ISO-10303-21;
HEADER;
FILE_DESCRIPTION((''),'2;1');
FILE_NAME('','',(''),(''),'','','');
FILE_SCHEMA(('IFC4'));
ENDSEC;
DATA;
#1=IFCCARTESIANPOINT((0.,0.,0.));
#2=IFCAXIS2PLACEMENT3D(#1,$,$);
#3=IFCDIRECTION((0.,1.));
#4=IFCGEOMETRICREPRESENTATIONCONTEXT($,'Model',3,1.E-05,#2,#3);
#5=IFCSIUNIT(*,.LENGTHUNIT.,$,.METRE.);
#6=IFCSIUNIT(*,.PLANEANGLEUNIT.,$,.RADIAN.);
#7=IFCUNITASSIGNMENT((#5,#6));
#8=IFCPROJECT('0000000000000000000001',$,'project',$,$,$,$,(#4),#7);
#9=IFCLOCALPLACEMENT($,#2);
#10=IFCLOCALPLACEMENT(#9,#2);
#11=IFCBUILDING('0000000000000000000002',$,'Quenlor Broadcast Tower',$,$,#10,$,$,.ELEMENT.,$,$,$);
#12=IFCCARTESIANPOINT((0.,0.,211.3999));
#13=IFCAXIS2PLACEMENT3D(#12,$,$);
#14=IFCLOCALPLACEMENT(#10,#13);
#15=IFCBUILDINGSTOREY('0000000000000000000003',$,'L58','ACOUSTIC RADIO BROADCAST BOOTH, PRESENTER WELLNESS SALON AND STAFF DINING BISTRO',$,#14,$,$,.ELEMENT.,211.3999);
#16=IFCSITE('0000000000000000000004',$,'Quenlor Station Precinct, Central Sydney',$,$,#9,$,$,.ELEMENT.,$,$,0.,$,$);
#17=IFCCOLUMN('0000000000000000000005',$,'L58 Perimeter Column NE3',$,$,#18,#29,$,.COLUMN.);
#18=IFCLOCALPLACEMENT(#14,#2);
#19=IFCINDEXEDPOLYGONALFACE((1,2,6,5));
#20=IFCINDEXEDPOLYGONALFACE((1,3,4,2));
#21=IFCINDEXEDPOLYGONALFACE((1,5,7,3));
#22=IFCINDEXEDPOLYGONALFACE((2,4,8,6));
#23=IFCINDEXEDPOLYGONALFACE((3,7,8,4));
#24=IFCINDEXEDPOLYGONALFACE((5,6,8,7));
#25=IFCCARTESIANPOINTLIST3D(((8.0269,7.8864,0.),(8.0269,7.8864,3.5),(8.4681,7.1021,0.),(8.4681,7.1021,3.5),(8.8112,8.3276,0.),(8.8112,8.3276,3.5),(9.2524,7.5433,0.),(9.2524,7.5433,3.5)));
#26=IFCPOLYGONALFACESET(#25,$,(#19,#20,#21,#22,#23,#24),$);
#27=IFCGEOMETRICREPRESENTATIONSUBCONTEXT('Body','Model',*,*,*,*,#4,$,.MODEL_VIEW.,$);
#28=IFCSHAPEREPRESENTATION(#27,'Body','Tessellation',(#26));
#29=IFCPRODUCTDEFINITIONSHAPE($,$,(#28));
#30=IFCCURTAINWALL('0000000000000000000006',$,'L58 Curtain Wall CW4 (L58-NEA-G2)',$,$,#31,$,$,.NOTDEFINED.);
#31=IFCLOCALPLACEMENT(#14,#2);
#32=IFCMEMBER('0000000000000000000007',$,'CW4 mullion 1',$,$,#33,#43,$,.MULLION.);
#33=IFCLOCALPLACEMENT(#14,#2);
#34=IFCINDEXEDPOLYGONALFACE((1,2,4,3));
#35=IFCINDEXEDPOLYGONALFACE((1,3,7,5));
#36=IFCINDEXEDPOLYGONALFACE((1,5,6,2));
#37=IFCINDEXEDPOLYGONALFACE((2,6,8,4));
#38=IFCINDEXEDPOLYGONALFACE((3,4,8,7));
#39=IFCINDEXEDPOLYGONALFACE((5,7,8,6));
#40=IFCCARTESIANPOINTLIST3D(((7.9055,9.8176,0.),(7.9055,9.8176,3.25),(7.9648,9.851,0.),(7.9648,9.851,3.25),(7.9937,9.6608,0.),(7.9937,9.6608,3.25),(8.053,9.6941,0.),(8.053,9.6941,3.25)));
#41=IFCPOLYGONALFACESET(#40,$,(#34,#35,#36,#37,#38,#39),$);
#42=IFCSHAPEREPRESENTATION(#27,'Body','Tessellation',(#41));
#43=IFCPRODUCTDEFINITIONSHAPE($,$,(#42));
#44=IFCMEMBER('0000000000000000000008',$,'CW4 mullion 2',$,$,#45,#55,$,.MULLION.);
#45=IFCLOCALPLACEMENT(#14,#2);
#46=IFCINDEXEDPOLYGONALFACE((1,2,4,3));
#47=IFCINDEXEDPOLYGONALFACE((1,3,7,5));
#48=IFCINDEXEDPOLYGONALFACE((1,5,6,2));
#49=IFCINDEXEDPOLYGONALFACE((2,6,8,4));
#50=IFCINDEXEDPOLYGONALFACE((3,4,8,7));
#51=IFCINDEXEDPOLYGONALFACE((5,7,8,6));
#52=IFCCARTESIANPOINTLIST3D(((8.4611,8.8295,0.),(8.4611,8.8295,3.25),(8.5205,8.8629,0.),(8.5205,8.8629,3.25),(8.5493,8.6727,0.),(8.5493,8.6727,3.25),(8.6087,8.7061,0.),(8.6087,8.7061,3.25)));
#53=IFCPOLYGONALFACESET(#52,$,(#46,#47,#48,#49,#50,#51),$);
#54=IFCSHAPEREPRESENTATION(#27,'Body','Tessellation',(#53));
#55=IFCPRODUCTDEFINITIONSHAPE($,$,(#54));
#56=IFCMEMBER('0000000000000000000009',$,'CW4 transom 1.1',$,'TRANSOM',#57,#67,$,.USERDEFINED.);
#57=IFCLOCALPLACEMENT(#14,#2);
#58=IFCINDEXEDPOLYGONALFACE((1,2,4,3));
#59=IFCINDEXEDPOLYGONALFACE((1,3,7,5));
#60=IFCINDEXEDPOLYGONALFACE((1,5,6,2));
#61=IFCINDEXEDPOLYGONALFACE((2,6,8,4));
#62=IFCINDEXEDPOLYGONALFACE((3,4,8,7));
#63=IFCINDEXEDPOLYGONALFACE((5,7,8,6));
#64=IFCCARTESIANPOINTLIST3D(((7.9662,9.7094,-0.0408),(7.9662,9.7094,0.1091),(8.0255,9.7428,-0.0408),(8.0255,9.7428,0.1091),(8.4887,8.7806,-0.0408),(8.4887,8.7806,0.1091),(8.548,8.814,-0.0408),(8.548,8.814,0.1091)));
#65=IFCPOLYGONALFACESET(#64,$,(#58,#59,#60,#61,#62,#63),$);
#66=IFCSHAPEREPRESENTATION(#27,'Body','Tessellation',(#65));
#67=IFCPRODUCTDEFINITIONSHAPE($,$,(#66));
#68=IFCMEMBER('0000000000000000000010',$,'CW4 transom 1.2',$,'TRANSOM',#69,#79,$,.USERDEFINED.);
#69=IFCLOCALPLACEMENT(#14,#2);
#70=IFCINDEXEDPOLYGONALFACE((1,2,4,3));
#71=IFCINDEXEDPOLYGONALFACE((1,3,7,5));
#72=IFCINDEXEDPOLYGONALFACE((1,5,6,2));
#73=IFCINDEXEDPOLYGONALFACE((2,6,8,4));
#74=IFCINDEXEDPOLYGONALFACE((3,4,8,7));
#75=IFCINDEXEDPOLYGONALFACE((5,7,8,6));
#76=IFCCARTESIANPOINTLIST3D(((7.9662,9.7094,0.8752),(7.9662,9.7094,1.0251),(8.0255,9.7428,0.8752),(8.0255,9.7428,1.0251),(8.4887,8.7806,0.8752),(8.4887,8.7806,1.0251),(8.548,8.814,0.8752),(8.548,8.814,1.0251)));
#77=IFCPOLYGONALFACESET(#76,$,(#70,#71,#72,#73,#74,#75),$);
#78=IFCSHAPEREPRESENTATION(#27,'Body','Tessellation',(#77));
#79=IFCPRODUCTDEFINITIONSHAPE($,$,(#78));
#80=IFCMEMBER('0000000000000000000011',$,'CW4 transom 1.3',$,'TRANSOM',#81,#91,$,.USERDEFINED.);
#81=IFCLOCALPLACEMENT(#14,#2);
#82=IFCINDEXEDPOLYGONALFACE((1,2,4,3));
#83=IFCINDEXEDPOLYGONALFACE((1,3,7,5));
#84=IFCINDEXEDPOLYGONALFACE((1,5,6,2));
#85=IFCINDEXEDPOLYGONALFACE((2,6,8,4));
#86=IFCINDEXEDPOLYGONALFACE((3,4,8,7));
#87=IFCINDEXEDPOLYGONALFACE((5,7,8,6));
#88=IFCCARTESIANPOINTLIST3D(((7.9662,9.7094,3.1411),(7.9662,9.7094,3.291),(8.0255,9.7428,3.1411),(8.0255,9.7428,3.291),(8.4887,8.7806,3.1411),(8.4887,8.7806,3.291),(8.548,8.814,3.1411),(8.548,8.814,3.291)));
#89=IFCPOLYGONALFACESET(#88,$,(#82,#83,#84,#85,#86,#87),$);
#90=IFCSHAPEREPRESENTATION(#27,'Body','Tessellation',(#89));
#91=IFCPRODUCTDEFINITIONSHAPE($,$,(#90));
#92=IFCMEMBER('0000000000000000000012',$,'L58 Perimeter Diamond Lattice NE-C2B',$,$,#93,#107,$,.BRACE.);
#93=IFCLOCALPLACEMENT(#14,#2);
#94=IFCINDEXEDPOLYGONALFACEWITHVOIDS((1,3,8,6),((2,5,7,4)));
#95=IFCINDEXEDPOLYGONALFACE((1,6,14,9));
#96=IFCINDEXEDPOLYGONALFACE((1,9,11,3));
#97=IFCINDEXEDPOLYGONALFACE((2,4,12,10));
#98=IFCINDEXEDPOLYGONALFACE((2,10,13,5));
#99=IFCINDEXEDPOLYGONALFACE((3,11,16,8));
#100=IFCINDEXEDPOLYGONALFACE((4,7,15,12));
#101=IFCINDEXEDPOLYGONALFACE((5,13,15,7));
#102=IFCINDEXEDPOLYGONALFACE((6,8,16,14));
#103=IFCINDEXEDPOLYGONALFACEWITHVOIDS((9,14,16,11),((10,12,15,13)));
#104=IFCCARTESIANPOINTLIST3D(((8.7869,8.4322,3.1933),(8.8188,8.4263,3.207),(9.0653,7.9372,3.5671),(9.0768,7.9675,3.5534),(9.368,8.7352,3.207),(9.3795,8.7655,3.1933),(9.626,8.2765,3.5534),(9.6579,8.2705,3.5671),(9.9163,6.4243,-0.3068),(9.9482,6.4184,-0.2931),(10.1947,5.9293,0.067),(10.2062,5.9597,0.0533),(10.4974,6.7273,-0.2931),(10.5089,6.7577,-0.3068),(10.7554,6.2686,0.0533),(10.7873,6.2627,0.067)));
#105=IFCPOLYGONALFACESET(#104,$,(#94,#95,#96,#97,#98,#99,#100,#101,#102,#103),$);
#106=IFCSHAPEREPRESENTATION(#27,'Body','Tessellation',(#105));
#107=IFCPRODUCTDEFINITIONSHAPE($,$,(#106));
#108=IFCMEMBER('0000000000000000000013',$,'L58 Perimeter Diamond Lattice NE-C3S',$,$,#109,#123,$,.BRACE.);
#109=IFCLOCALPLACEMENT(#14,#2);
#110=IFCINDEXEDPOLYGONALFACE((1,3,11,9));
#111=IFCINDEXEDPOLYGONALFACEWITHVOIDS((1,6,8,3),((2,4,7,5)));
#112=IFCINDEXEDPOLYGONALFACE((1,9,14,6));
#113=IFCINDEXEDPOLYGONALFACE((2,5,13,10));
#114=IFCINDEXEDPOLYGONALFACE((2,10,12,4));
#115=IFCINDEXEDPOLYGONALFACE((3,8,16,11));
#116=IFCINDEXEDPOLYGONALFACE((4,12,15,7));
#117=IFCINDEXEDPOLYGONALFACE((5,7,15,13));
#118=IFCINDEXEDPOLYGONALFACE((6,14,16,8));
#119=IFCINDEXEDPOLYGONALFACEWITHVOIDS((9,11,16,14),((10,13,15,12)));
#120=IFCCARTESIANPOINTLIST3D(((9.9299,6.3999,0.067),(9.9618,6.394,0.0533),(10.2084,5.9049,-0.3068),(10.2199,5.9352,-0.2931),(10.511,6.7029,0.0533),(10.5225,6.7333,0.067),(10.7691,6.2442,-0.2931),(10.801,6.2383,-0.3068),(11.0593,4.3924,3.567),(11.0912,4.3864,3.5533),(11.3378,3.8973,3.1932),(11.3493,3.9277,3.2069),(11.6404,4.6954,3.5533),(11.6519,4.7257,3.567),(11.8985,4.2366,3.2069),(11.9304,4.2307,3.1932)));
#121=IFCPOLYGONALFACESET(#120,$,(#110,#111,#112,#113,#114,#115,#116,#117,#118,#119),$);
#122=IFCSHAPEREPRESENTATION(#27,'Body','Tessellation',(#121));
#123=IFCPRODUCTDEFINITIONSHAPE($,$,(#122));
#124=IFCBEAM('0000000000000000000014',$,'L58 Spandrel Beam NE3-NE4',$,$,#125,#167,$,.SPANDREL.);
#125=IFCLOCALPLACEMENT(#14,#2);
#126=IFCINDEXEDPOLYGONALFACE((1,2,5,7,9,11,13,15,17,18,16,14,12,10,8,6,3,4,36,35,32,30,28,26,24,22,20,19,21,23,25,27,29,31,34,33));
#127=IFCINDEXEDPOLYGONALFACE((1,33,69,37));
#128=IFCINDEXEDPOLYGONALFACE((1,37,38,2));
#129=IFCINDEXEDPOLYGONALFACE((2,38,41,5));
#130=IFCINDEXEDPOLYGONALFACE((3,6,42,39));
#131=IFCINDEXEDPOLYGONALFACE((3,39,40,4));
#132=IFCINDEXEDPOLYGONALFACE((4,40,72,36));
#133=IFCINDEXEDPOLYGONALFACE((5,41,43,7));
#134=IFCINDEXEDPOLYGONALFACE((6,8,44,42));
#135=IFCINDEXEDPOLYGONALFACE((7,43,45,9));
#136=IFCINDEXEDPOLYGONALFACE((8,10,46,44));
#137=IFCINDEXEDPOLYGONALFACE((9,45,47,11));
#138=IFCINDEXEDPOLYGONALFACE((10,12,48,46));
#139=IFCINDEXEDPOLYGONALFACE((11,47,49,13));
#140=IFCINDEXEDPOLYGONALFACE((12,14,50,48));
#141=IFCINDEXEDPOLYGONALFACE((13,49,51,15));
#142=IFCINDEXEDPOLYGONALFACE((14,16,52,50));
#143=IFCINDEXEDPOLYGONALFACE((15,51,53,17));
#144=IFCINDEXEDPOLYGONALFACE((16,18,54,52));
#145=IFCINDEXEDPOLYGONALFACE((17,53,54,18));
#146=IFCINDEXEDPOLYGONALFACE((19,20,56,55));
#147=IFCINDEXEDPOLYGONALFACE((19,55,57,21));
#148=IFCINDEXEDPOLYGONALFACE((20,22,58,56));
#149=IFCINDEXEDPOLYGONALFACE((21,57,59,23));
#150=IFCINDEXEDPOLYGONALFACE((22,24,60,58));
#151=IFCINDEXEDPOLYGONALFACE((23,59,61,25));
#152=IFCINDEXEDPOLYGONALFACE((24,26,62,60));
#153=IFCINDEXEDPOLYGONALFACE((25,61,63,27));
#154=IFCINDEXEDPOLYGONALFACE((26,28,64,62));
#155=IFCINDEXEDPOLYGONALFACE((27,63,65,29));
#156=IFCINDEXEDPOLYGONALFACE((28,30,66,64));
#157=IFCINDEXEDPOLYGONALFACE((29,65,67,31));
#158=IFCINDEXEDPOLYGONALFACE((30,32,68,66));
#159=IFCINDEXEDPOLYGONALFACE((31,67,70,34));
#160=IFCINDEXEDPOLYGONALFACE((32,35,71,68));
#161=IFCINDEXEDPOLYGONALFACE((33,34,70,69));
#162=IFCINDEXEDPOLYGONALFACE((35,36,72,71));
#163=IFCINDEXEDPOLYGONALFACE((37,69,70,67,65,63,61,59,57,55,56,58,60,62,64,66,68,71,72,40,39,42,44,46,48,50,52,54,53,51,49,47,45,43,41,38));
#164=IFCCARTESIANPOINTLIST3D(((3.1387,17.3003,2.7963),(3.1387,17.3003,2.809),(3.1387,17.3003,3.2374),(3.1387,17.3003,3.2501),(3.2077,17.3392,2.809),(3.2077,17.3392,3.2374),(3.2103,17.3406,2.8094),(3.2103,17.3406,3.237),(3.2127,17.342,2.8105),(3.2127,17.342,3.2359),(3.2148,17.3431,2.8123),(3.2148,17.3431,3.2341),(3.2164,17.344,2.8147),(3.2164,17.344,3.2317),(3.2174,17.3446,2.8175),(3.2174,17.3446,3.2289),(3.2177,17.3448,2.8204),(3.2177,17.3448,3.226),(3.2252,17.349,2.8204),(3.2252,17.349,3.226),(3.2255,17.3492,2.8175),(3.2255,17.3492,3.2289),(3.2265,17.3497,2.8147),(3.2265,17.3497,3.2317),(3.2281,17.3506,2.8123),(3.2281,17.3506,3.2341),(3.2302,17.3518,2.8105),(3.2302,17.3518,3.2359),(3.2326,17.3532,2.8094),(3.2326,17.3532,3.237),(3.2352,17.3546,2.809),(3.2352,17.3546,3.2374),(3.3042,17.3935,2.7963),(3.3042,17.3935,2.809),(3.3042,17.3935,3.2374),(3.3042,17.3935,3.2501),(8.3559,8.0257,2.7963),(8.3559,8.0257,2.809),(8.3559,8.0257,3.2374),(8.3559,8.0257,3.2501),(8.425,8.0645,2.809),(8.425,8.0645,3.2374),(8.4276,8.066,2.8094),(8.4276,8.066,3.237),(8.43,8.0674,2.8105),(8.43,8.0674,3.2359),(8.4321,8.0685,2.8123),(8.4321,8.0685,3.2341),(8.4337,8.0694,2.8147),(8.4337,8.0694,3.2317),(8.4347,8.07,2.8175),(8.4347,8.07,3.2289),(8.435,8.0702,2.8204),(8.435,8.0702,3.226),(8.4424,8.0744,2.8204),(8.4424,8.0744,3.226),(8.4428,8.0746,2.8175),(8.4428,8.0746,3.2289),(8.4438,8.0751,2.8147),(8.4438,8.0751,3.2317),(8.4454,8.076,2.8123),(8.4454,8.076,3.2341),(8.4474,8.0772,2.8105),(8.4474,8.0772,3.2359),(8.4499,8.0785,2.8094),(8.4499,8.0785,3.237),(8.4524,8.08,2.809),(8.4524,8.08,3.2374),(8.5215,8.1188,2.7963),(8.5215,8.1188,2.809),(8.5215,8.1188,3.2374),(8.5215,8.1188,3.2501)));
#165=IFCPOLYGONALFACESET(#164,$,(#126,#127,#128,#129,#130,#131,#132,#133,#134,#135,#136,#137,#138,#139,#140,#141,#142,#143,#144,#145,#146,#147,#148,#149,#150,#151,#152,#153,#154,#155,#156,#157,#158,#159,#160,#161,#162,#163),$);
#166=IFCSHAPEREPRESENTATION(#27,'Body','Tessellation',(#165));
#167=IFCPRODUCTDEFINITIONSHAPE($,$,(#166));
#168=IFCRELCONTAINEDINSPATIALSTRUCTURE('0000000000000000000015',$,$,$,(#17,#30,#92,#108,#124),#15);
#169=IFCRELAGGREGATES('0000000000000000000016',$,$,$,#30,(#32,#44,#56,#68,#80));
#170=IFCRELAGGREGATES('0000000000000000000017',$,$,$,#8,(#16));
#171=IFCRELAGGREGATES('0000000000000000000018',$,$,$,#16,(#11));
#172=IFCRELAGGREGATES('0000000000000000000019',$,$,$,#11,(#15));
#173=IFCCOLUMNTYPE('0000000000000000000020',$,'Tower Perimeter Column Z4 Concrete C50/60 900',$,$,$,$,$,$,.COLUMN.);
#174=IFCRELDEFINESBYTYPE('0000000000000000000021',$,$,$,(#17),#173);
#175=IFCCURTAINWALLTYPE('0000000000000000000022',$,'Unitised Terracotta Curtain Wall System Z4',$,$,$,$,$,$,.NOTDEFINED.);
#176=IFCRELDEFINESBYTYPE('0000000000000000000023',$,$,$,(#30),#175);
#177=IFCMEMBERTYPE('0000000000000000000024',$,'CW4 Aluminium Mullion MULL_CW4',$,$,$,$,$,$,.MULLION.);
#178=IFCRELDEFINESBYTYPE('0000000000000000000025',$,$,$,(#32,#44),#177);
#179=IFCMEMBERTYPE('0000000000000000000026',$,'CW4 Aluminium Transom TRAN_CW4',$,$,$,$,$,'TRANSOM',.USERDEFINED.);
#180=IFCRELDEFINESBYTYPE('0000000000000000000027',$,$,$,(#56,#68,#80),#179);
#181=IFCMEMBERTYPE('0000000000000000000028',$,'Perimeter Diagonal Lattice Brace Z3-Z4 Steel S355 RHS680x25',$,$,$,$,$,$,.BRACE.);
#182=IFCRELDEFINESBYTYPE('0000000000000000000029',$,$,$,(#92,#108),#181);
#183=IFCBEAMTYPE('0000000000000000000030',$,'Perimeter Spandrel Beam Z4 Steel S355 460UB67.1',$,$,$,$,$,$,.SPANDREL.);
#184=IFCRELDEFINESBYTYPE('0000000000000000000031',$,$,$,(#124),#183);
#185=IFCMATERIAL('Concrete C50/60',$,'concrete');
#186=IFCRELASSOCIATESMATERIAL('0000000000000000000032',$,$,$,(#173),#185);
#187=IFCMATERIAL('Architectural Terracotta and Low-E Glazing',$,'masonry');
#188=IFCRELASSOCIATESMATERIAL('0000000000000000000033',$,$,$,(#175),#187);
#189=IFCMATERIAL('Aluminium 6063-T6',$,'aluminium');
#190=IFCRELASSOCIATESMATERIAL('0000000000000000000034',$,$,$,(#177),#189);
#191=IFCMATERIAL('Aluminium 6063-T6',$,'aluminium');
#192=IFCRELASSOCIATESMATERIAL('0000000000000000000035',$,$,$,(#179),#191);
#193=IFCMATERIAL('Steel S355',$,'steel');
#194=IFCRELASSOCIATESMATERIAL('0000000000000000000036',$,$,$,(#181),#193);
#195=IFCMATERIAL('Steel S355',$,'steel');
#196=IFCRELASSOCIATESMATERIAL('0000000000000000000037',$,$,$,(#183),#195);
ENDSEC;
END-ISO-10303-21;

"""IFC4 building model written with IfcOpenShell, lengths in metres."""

from ifc_helpers import new_model, si_unit, direction, frame, origin, origin_2d, place, context, subcontext, project, spatial, rectangle, hollow_rectangle, i_section, extrude, material, material_profile, profile_set, type_object, element, aggregate, save


model = new_model("IFC4")

# Units and contexts
model_context = context("Model", 3, precision=1e-05, world=origin(), true_north=direction((0.0, 1.0)))
body_context = subcontext(model_context, "Body", "Model", "MODEL_VIEW")
ifc_project = project(units=[si_unit("LENGTHUNIT", "METRE"), si_unit("PLANEANGLEUNIT", "RADIAN")], contexts=[model_context])

# Site, building, storey
site_placement = place(None, origin())
site = spatial("IfcSite", under=ifc_project, at=site_placement, Name="Quenlor Station Precinct, Central Sydney", CompositionType="ELEMENT", RefElevation=0.0)
building_placement = place(site_placement, origin())
building = spatial("IfcBuilding", under=site, at=building_placement, Name="Quenlor Broadcast Tower", CompositionType="ELEMENT")
storey_placement = place(building_placement, frame((0.0, 0.0, 211.3999)))
storey = spatial("IfcBuildingStorey", under=building, at=storey_placement, Name="L58", Description="ACOUSTIC RADIO BROADCAST BOOTH, PRESENTER WELLNESS SALON AND STAFF DINING BISTRO", CompositionType="ELEMENT", Elevation=211.3999)

# Column
ifc_material_1 = material(Name="Concrete C50/60", Category="concrete")
ifc_material_profile_1 = material_profile(ifc_material_1, rectangle(XDim=0.8999, YDim=0.8999, at=origin_2d()))
ifc_profile_set_1 = profile_set([ifc_material_profile_1], Name="Concrete C50/60 RC900x900")
column_type = type_object("IfcColumnType", Name="Tower Perimeter Column Z4 Concrete C50/60 900", PredefinedType="COLUMN", material=ifc_profile_set_1)
column_placement = place(storey_placement, frame((8.6396, 7.7148, 0.0), z_axis=(0.0, 0.0, 1.0), x_axis=(0.871575, 0.490262, 0.0)))
element("IfcColumn", 1, at=column_placement, inside=storey, type_object=column_type, Name="L58 Perimeter Column NE3", PredefinedType="COLUMN", context=body_context, shape_type="SweptSolid", body=[
    extrude(rectangle(XDim=0.8999, YDim=0.8999, at=origin_2d()), origin(), (0.0, 0.0, 1.0), 3.5),
])

# Curtain wall, members
ifc_material_2 = material(Name="Architectural Terracotta and Low-E Glazing", Category="masonry")
curtain_wall_type = type_object("IfcCurtainWallType", Name="Unitised Terracotta Curtain Wall System Z4", PredefinedType="NOTDEFINED", material=ifc_material_2)
curtain_wall_placement = place(storey_placement, origin())
curtain_wall = element("IfcCurtainWall", 2, at=curtain_wall_placement, inside=storey, type_object=curtain_wall_type, Name="L58 Curtain Wall CW4 (L58-NEA-G2)", PredefinedType="NOTDEFINED")
ifc_material_3 = material(Name="Aluminium 6063-T6", Category="aluminium")
ifc_material_profile_2 = material_profile(ifc_material_3, rectangle(XDim=0.0681, YDim=0.1799, at=origin_2d()))
ifc_profile_set_2 = profile_set([ifc_material_profile_2], Name="Aluminium 6063-T6 MULL68x180")
member_type_1 = type_object("IfcMemberType", Name="CW4 Aluminium Mullion MULL_CW4", PredefinedType="MULLION", material=ifc_profile_set_2)
member_1_placement = place(storey_placement, frame((7.9792, 9.7559, 0.0), z_axis=(0.0, 0.0, 1.0), x_axis=(0.871558, 0.490293, 0.0)))
member_1 = element("IfcMember", 3, at=member_1_placement, type_object=member_type_1, Name="CW4 mullion 1", PredefinedType="MULLION", context=body_context, shape_type="SweptSolid", body=[
    extrude(rectangle(XDim=0.0681, YDim=0.1799, at=origin_2d()), origin(), (0.0, 0.0, 1.0), 3.25),
])
member_2_placement = place(storey_placement, frame((8.5349, 8.7678, 0.0), z_axis=(0.0, 0.0, 1.0), x_axis=(0.871558, 0.490293, 0.0)))
member_2 = element("IfcMember", 4, at=member_2_placement, type_object=member_type_1, Name="CW4 mullion 2", PredefinedType="MULLION", context=body_context, shape_type="SweptSolid", body=[
    extrude(rectangle(XDim=0.0681, YDim=0.1799, at=origin_2d()), origin(), (0.0, 0.0, 1.0), 3.25),
])
ifc_material_4 = material(Name="Aluminium 6063-T6", Category="aluminium")
ifc_material_profile_3 = material_profile(ifc_material_4, rectangle(XDim=0.0681, YDim=0.1499, at=origin_2d()))
ifc_profile_set_3 = profile_set([ifc_material_profile_3], Name="Aluminium 6063-T6 TRAN68x150")
member_type_2 = type_object("IfcMemberType", Name="CW4 Aluminium Transom TRAN_CW4", ElementType="TRANSOM", PredefinedType="USERDEFINED", material=ifc_profile_set_3)
member_3_placement = place(storey_placement, frame((7.9958, 9.7261, 0.0342), z_axis=(0.490305, -0.871551, 0.0), x_axis=(0.871551, 0.490305, 0.0)))
member_3 = element("IfcMember", 5, at=member_3_placement, type_object=member_type_2, Name="CW4 transom 1.1", ObjectType="TRANSOM", PredefinedType="USERDEFINED", context=body_context, shape_type="SweptSolid", body=[
    extrude(rectangle(XDim=0.0681, YDim=0.1499, at=origin_2d()), origin(), (0.0, 0.0, 1.0), 1.0657),
])
member_4_placement = place(storey_placement, frame((7.9958, 9.7261, 0.9502), z_axis=(0.490305, -0.871551, 0.0), x_axis=(0.871551, 0.490305, 0.0)))
member_4 = element("IfcMember", 6, at=member_4_placement, type_object=member_type_2, Name="CW4 transom 1.2", ObjectType="TRANSOM", PredefinedType="USERDEFINED", context=body_context, shape_type="SweptSolid", body=[
    extrude(rectangle(XDim=0.0681, YDim=0.1499, at=origin_2d()), origin(), (0.0, 0.0, 1.0), 1.0657),
])
member_5_placement = place(storey_placement, frame((7.9958, 9.7261, 3.2161), z_axis=(0.490305, -0.871551, 0.0), x_axis=(0.871551, 0.490305, 0.0)))
member_5 = element("IfcMember", 7, at=member_5_placement, type_object=member_type_2, Name="CW4 transom 1.3", ObjectType="TRANSOM", PredefinedType="USERDEFINED", context=body_context, shape_type="SweptSolid", body=[
    extrude(rectangle(XDim=0.0681, YDim=0.1499, at=origin_2d()), origin(), (0.0, 0.0, 1.0), 1.0657),
])

# Members
ifc_material_5 = material(Name="Steel S355", Category="steel")
ifc_material_profile_4 = material_profile(ifc_material_5, hollow_rectangle(XDim=0.6799, YDim=0.6799, WallThickness=0.0249, at=origin_2d()))
ifc_profile_set_4 = profile_set([ifc_material_profile_4], Name="Steel S355 RHS680x680x25")
member_type_3 = type_object("IfcMemberType", Name="Perimeter Diagonal Lattice Brace Z3-Z4 Steel S355 RHS680x25", PredefinedType="BRACE", material=ifc_profile_set_4)
member_6_placement = place(storey_placement, frame((10.3518, 6.3435, -0.1199), z_axis=(-0.26954, 0.479181, 0.835305), x_axis=(-0.871576, -0.490261, 0.0)))
element("IfcMember", 8, at=member_6_placement, inside=storey, type_object=member_type_3, Name="L58 Perimeter Diamond Lattice NE-C2B", PredefinedType="BRACE", context=body_context, shape_type="SweptSolid", body=[
    extrude(hollow_rectangle(XDim=0.6799, YDim=0.6799, WallThickness=0.0249, at=origin_2d()), origin(), (0.0, 0.0, 1.0), 4.1902),
])
member_7_placement = place(storey_placement, frame((10.3655, 6.3191, -0.1199), z_axis=(0.269547, -0.479136, 0.835328), x_axis=(0.87155, 0.490307, 0.0)))
element("IfcMember", 9, at=member_7_placement, inside=storey, type_object=member_type_3, Name="L58 Perimeter Diamond Lattice NE-C3S", PredefinedType="BRACE", context=body_context, shape_type="SweptSolid", body=[
    extrude(hollow_rectangle(XDim=0.6799, YDim=0.6799, WallThickness=0.0249, at=origin_2d()), origin(), (0.0, 0.0, 1.0), 4.1899),
])

# Beam
ifc_material_6 = material(Name="Steel S355", Category="steel")
ifc_material_profile_5 = material_profile(ifc_material_6, i_section(OverallWidth=0.1899, OverallDepth=0.4539, WebThickness=0.0085, FlangeThickness=0.0127, FilletRadius=0.0115, at=origin_2d()))
ifc_profile_set_5 = profile_set([ifc_material_profile_5], Name="Steel S355 460UB67.1")
beam_type_1 = type_object("IfcBeamType", Name="Perimeter Spandrel Beam Z4 Steel S355 460UB67.1", PredefinedType="SPANDREL", material=ifc_profile_set_5)
beam_1_placement = place(storey_placement, frame((8.4387, 8.0723, 3.0232), z_axis=(-0.490282, 0.871564, 0.0), x_axis=(-0.871564, -0.490282, 0.0)))
element("IfcBeam", 10, at=beam_1_placement, inside=storey, type_object=beam_type_1, Name="L58 Spandrel Beam NE3-NE4", PredefinedType="SPANDREL", context=body_context, shape_type="SweptSolid", body=[
    extrude(i_section(OverallWidth=0.1899, OverallDepth=0.4539, WebThickness=0.0085, FlangeThickness=0.0127, FilletRadius=0.0115, at=origin_2d()), origin(), (0.0, 0.0, 1.0), 10.6414),
])

aggregate(curtain_wall, [member_1, member_2, member_3, member_4, member_5])

save(model, "model.ifc")
